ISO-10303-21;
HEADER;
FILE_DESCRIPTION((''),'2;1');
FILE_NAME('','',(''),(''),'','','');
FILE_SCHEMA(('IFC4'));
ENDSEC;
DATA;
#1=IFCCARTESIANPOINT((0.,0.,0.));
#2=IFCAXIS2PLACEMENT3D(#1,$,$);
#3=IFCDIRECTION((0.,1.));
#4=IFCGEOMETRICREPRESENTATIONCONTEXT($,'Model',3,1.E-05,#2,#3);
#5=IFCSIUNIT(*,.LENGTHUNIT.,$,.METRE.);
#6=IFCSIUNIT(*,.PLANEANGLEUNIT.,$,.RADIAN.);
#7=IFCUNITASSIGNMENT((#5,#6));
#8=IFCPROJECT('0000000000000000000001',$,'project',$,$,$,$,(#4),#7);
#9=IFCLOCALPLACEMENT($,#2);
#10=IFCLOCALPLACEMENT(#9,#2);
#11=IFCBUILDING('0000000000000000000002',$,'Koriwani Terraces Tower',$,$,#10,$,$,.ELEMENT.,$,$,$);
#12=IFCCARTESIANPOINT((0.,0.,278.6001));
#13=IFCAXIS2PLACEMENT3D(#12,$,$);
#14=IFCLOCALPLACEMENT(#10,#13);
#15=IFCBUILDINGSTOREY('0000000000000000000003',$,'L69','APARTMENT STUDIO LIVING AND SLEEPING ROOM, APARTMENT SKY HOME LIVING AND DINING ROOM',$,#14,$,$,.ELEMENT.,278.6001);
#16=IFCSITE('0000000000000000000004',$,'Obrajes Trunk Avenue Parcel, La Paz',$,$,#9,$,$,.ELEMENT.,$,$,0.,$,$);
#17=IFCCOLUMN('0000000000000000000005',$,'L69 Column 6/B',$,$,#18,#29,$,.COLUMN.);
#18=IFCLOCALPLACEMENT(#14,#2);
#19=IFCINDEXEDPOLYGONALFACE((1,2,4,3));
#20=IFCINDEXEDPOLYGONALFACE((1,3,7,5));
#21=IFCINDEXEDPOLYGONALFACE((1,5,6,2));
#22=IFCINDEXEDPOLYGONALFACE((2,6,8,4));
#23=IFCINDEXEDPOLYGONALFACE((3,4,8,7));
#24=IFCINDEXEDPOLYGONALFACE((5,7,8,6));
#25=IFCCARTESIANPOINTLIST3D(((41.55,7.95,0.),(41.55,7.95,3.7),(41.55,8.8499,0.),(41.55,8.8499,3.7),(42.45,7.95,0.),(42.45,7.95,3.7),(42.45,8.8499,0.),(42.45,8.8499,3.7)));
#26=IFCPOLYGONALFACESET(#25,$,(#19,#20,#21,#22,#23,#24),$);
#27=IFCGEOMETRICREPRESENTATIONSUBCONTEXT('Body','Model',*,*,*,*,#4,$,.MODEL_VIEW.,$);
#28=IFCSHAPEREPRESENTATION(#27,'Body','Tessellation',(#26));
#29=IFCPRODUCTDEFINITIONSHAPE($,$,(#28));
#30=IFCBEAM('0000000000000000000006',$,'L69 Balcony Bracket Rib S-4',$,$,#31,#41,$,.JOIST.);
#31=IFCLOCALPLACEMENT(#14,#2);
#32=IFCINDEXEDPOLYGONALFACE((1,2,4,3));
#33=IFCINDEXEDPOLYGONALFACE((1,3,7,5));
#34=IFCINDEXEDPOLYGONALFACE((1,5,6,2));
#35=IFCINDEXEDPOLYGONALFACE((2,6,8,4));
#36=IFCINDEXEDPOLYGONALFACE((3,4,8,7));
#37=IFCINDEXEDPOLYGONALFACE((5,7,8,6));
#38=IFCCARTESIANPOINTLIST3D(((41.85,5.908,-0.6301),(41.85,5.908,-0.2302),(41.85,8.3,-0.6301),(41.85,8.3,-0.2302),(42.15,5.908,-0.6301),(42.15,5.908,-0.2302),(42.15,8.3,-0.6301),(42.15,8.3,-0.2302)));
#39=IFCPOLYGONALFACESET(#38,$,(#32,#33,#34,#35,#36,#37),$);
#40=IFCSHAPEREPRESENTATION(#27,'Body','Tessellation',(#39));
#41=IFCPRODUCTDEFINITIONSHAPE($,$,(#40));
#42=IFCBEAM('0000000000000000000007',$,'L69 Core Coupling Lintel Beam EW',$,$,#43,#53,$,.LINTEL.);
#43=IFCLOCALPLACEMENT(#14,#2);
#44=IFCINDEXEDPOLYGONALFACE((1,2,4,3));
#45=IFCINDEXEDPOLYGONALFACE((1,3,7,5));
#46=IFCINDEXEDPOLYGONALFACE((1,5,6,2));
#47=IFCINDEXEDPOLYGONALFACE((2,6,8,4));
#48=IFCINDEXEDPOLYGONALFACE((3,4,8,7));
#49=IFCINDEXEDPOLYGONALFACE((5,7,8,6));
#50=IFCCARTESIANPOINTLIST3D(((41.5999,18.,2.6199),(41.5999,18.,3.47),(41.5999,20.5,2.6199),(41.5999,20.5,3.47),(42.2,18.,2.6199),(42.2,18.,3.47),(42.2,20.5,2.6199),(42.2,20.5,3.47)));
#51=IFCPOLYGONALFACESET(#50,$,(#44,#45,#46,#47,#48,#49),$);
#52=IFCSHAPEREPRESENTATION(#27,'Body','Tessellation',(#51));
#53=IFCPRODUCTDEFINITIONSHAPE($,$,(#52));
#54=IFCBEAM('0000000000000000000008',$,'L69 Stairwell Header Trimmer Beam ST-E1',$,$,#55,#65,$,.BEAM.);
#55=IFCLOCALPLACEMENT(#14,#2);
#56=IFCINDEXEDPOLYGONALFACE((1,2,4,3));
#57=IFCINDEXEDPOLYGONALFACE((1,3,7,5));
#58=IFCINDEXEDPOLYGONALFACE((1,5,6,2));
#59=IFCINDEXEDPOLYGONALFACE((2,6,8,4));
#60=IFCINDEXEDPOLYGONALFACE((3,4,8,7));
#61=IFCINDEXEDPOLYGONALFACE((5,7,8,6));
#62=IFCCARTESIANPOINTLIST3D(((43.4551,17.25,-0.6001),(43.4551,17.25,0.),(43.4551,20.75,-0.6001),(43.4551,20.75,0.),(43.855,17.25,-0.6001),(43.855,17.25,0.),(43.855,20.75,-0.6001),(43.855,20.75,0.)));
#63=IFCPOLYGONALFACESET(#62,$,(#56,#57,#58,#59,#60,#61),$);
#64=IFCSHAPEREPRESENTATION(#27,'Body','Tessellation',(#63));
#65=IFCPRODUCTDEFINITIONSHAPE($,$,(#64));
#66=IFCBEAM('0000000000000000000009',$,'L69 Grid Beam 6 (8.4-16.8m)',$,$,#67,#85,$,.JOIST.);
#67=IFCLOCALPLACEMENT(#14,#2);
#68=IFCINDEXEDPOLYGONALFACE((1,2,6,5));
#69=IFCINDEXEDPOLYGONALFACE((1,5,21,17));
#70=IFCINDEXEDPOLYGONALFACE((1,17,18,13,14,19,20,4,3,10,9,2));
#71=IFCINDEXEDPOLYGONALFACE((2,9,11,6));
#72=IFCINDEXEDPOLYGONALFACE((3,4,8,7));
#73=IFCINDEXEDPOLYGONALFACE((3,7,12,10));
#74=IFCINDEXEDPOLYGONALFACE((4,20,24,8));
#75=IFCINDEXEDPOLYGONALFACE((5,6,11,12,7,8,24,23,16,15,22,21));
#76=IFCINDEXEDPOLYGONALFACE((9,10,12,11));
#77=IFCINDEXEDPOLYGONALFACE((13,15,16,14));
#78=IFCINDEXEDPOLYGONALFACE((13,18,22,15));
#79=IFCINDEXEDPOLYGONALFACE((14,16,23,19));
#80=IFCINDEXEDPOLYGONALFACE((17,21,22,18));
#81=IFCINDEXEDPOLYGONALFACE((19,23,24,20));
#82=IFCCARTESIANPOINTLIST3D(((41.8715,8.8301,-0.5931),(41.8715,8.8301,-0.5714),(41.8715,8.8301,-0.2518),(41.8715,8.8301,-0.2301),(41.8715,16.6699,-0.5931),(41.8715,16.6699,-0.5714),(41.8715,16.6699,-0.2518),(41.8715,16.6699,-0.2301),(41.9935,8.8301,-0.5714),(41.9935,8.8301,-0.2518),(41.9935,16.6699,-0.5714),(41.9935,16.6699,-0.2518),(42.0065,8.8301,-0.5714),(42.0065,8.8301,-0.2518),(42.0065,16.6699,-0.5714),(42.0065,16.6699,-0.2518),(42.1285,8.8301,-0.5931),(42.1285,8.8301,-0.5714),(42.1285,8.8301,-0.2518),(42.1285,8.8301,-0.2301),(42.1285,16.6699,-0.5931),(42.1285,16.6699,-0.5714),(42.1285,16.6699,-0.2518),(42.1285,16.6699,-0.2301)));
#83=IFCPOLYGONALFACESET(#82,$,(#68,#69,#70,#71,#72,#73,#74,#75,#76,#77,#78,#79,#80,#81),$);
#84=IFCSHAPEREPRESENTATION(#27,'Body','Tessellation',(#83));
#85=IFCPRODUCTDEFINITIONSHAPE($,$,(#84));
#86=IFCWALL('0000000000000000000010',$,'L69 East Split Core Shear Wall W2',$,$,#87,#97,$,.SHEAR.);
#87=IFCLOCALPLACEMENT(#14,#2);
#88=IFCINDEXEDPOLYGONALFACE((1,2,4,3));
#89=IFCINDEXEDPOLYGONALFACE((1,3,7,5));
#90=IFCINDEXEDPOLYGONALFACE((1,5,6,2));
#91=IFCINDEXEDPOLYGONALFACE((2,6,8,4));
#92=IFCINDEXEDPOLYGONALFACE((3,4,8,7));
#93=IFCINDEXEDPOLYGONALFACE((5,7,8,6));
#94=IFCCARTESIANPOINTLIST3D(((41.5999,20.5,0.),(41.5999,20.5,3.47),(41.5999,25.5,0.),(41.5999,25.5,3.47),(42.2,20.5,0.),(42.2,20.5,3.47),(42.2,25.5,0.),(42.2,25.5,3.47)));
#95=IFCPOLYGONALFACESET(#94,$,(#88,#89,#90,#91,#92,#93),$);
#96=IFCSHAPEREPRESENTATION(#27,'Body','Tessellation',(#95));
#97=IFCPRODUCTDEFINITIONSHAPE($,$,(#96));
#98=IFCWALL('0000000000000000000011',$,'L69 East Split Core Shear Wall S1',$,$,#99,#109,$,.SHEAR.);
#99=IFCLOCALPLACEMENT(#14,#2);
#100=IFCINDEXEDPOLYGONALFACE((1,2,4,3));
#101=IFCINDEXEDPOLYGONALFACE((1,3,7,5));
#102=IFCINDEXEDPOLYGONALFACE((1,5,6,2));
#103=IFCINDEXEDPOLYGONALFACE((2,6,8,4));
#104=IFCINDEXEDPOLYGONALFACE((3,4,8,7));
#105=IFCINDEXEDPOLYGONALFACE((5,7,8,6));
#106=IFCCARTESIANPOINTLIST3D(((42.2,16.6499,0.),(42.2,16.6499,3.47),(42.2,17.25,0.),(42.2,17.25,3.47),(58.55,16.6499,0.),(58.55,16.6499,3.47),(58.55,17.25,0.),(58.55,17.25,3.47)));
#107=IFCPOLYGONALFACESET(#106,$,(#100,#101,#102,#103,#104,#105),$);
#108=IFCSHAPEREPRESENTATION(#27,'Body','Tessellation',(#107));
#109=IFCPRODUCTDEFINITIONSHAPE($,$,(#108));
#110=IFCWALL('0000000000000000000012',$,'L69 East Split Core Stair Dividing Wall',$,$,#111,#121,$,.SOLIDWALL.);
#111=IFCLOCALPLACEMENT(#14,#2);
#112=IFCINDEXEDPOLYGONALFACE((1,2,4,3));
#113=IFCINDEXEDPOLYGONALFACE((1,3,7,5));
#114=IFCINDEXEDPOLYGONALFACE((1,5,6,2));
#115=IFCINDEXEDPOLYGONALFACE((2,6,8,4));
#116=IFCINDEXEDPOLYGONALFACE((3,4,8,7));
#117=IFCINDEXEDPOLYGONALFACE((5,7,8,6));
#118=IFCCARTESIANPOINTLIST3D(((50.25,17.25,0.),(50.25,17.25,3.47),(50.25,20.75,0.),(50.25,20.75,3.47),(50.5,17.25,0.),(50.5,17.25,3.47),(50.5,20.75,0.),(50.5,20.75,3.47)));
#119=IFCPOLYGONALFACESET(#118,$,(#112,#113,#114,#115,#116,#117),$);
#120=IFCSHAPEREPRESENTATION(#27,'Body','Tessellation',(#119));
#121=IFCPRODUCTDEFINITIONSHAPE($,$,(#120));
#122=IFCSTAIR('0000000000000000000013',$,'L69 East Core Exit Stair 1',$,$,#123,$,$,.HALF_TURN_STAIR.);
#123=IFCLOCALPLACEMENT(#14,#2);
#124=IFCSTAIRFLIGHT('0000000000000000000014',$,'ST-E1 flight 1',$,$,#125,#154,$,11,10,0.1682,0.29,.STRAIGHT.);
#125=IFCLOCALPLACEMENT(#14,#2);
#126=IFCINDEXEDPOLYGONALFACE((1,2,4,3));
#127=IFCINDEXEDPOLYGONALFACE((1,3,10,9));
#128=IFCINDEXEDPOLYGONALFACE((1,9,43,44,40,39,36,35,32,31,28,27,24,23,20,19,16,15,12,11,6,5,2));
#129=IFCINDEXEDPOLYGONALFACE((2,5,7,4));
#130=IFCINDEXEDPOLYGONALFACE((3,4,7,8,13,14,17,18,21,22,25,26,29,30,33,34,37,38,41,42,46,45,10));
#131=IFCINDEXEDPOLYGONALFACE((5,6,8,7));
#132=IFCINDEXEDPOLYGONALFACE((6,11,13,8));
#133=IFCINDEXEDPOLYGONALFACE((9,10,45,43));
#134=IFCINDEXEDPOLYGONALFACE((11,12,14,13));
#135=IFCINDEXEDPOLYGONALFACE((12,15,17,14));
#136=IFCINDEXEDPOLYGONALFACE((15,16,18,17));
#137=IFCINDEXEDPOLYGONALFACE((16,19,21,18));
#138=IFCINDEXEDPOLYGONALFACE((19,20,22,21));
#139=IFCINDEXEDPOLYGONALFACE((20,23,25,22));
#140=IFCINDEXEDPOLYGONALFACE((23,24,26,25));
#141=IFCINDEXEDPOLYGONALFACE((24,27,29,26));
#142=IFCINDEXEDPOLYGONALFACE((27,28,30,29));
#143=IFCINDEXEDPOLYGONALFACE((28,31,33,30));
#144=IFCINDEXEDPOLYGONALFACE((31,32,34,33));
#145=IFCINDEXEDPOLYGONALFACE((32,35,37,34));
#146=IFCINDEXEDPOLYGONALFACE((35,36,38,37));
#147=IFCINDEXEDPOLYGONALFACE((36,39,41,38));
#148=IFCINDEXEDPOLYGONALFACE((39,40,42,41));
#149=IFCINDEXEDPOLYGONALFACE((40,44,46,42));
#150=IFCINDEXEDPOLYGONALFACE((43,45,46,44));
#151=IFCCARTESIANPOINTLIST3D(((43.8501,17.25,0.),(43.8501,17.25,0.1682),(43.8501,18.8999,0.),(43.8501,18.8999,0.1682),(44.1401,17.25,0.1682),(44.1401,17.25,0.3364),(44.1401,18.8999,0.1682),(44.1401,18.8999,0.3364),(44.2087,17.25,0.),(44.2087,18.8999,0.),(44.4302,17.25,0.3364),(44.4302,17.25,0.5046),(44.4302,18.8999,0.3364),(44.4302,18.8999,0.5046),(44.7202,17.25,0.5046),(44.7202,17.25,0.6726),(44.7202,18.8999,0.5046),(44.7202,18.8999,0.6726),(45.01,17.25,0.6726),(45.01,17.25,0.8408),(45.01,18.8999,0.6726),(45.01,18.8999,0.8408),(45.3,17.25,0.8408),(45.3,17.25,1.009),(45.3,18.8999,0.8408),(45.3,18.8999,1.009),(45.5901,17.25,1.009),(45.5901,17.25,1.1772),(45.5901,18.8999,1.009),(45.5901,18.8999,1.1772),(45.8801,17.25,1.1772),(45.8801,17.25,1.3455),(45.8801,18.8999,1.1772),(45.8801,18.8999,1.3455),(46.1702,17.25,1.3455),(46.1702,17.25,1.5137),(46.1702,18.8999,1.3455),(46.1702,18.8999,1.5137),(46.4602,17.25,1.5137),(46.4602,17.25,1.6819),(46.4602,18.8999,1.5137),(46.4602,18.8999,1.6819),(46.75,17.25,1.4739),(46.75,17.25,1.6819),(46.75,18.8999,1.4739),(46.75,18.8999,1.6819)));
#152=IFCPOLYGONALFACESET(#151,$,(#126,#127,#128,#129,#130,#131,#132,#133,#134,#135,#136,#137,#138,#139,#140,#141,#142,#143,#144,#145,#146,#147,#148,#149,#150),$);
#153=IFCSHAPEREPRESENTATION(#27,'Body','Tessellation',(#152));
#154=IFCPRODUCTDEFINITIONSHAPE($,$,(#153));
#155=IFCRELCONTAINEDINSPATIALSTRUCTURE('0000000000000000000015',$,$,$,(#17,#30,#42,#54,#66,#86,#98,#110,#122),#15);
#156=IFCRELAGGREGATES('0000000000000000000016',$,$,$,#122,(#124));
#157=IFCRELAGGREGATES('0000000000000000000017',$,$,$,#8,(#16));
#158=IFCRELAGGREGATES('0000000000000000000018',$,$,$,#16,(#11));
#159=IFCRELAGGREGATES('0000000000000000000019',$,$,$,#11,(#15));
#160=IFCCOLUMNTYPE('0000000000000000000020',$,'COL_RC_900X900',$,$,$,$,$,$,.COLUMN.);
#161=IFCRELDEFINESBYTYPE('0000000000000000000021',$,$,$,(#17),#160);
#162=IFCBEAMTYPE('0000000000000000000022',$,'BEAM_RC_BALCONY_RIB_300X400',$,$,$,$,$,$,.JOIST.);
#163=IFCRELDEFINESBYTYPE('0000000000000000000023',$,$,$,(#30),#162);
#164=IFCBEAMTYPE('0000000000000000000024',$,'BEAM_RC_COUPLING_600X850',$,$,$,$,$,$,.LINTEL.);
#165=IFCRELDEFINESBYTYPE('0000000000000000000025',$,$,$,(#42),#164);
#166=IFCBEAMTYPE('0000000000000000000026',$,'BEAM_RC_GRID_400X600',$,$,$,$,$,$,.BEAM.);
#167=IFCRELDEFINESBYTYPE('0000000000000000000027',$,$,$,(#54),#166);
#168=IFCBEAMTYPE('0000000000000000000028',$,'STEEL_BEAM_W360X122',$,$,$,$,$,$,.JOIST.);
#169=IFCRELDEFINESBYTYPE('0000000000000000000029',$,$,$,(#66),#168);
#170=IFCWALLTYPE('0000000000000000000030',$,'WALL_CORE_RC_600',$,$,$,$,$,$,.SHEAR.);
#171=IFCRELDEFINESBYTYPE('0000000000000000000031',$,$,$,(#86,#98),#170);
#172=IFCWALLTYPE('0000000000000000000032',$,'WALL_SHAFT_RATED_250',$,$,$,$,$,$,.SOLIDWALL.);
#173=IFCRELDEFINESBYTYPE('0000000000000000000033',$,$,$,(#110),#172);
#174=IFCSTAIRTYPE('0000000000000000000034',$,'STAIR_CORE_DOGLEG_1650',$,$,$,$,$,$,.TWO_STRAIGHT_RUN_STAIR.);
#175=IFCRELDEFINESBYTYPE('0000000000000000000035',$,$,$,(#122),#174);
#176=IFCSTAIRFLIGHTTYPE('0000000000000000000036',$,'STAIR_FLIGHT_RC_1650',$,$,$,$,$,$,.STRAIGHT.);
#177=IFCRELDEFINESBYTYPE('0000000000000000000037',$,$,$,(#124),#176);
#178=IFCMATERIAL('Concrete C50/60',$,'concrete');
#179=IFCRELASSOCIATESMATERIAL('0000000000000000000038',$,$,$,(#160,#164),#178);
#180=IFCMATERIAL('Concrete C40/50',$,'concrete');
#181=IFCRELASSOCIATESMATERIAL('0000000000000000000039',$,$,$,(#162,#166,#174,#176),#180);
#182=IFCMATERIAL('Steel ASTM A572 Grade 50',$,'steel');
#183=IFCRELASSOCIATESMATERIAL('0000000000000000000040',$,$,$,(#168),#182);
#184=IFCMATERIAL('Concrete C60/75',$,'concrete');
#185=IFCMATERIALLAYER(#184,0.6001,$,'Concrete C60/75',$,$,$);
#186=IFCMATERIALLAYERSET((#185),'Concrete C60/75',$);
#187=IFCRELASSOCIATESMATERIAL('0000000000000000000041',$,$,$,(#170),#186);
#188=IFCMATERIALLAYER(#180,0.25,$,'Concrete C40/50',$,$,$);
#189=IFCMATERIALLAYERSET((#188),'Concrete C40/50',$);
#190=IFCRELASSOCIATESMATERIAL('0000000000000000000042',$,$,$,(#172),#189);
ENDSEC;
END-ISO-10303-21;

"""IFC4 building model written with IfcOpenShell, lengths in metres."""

from ifc_helpers import new_model, si_unit, direction, frame, frame_2d, origin, origin_2d, place, context, subcontext, project, spatial, polyline, rectangle, i_section, outline, extrude, material, layer, layer_set, material_profile, profile_set, type_object, element, aggregate, save


model = new_model("IFC4")

# Units and contexts
model_context = context("Model", 3, precision=1e-05, world=origin(), true_north=direction((0.0, 1.0)))
body_context = subcontext(model_context, "Body", "Model", "MODEL_VIEW")
ifc_project = project(units=[si_unit("LENGTHUNIT", "METRE"), si_unit("PLANEANGLEUNIT", "RADIAN")], contexts=[model_context])

# Site, building, storey
site_placement = place(None, origin())
site = spatial("IfcSite", under=ifc_project, at=site_placement, Name="Obrajes Trunk Avenue Parcel, La Paz", CompositionType="ELEMENT", RefElevation=0.0)
building_placement = place(site_placement, origin())
building = spatial("IfcBuilding", under=site, at=building_placement, Name="Koriwani Terraces Tower", CompositionType="ELEMENT")
storey_placement = place(building_placement, frame((0.0, 0.0, 278.6001)))
storey = spatial("IfcBuildingStorey", under=building, at=storey_placement, Name="L69", Description="APARTMENT STUDIO LIVING AND SLEEPING ROOM, APARTMENT SKY HOME LIVING AND DINING ROOM", CompositionType="ELEMENT", Elevation=278.6001)

# Column
ifc_material_1 = material(Name="Concrete C50/60", Category="concrete")
ifc_material_profile_1 = material_profile(ifc_material_1, rectangle(XDim=0.8999, YDim=0.8999, at=origin_2d()), Name="Concrete C50/60", Category="LoadBearing")
ifc_profile_set_1 = profile_set([ifc_material_profile_1], Name="Concrete C50/60")
column_type = type_object("IfcColumnType", Name="COL_RC_900X900", PredefinedType="COLUMN", material=ifc_profile_set_1)
column_placement = place(storey_placement, frame((42.0, 8.3999, 0.0), z_axis=(0.0, 0.0, 1.0), x_axis=(1.0, 0.0, 0.0)))
element("IfcColumn", 1, at=column_placement, inside=storey, type_object=column_type, Name="L69 Column 6/B", PredefinedType="COLUMN", context=body_context, shape_type="SweptSolid", body=[
    extrude(rectangle(XDim=0.8999, YDim=0.8999, at=origin_2d()), origin(), (0.0, 0.0, 1.0), 3.7),
])

# Beams
ifc_material_2 = material(Name="Concrete C40/50", Category="concrete")
ifc_material_profile_2 = material_profile(ifc_material_2, rectangle(XDim=0.3, YDim=0.3999, at=origin_2d()), Name="Concrete C40/50", Category="LoadBearing")
ifc_profile_set_2 = profile_set([ifc_material_profile_2], Name="Concrete C40/50")
beam_type_1 = type_object("IfcBeamType", Name="BEAM_RC_BALCONY_RIB_300X400", PredefinedType="JOIST", material=ifc_profile_set_2)
beam_1_placement = place(storey_placement, frame((42.0, 5.908, -0.4302), z_axis=(0.0, 1.0, 0.0), x_axis=(-1.0, 0.0, 0.0)))
element("IfcBeam", 2, at=beam_1_placement, inside=storey, type_object=beam_type_1, Name="L69 Balcony Bracket Rib S-4", PredefinedType="JOIST", context=body_context, shape_type="SweptSolid", body=[
    extrude(rectangle(XDim=0.3, YDim=0.3999, at=origin_2d()), origin(), (0.0, 0.0, 1.0), 2.3921),
])
ifc_material_profile_3 = material_profile(ifc_material_1, rectangle(XDim=0.6001, YDim=0.8501, at=origin_2d()), Name="Concrete C50/60", Category="LoadBearing")
ifc_profile_set_3 = profile_set([ifc_material_profile_3], Name="Concrete C50/60")
beam_type_2 = type_object("IfcBeamType", Name="BEAM_RC_COUPLING_600X850", PredefinedType="LINTEL", material=ifc_profile_set_3)
beam_2_placement = place(storey_placement, frame((41.8999, 18.0, 3.0449), z_axis=(0.0, 1.0, 0.0), x_axis=(-1.0, 0.0, 0.0)))
element("IfcBeam", 3, at=beam_2_placement, inside=storey, type_object=beam_type_2, Name="L69 Core Coupling Lintel Beam EW", PredefinedType="LINTEL", context=body_context, shape_type="SweptSolid", body=[
    extrude(rectangle(XDim=0.6001, YDim=0.8501, at=origin_2d()), origin(), (0.0, 0.0, 1.0), 2.5),
])
ifc_material_profile_4 = material_profile(ifc_material_2, rectangle(XDim=0.3999, YDim=0.6001, at=origin_2d()), Name="Concrete C40/50", Category="LoadBearing")
ifc_profile_set_4 = profile_set([ifc_material_profile_4], Name="Concrete C40/50")
beam_type_3 = type_object("IfcBeamType", Name="BEAM_RC_GRID_400X600", PredefinedType="BEAM", material=ifc_profile_set_4)
beam_3_placement = place(storey_placement, frame((43.655, 17.25, -0.3), z_axis=(0.0, 1.0, 0.0), x_axis=(-1.0, 0.0, 0.0)))
element("IfcBeam", 4, at=beam_3_placement, inside=storey, type_object=beam_type_3, Name="L69 Stairwell Header Trimmer Beam ST-E1", PredefinedType="BEAM", context=body_context, shape_type="SweptSolid", body=[
    extrude(rectangle(XDim=0.3999, YDim=0.6001, at=origin_2d()), origin(), (0.0, 0.0, 1.0), 3.5),
])
ifc_material_3 = material(Name="Steel ASTM A572 Grade 50", Category="steel")
ifc_material_profile_5 = material_profile(ifc_material_3, i_section(OverallWidth=0.2571, OverallDepth=0.363, WebThickness=0.0129, FlangeThickness=0.0217, at=origin_2d()), Name="Steel ASTM A572 Grade 50", Category="LoadBearing")
ifc_profile_set_5 = profile_set([ifc_material_profile_5], Name="Steel ASTM A572 Grade 50")
beam_type_4 = type_object("IfcBeamType", Name="STEEL_BEAM_W360X122", PredefinedType="JOIST", material=ifc_profile_set_5)
beam_4_placement = place(storey_placement, frame((42.0, 8.8301, -0.4116), z_axis=(0.0, 1.0, 0.0), x_axis=(-1.0, 0.0, 0.0)))
element("IfcBeam", 5, at=beam_4_placement, inside=storey, type_object=beam_type_4, Name="L69 Grid Beam 6 (8.4-16.8m)", PredefinedType="JOIST", context=body_context, shape_type="SweptSolid", body=[
    extrude(i_section(OverallWidth=0.2571, OverallDepth=0.363, WebThickness=0.0129, FlangeThickness=0.0217, at=origin_2d()), origin(), (0.0, 0.0, 1.0), 7.8398),
])

# Walls
ifc_material_4 = material(Name="Concrete C60/75", Category="concrete")
ifc_layer_1 = layer(ifc_material_4, 0.6001, Name="Concrete C60/75")
ifc_layer_set_1 = layer_set([ifc_layer_1], Name="Concrete C60/75")
wall_type_1 = type_object("IfcWallType", Name="WALL_CORE_RC_600", PredefinedType="SHEAR", material=ifc_layer_set_1)
wall_1_placement = place(storey_placement, frame((41.8999, 20.5, 0.0), z_axis=(0.0, 0.0, 1.0), x_axis=(0.0, 1.0, 0.0)))
element("IfcWall", 6, at=wall_1_placement, inside=storey, type_object=wall_type_1, Name="L69 East Split Core Shear Wall W2", PredefinedType="SHEAR", context=body_context, shape_type="SweptSolid", body=[
    extrude(rectangle(XDim=5.0, YDim=0.6001, at=frame_2d((2.5, 0.0))), origin(), (0.0, 0.0, 1.0), 3.47),
])
wall_2_placement = place(storey_placement, frame((42.2, 16.95, 0.0), z_axis=(0.0, 0.0, 1.0), x_axis=(1.0, 0.0, 0.0)))
element("IfcWall", 7, at=wall_2_placement, inside=storey, type_object=wall_type_1, Name="L69 East Split Core Shear Wall S1", PredefinedType="SHEAR", context=body_context, shape_type="SweptSolid", body=[
    extrude(rectangle(XDim=16.3501, YDim=0.6001, at=frame_2d((8.175, 0.0))), origin(), (0.0, 0.0, 1.0), 3.47),
])
ifc_layer_2 = layer(ifc_material_2, 0.25, Name="Concrete C40/50")
ifc_layer_set_2 = layer_set([ifc_layer_2], Name="Concrete C40/50")
wall_type_2 = type_object("IfcWallType", Name="WALL_SHAFT_RATED_250", PredefinedType="SOLIDWALL", material=ifc_layer_set_2)
wall_3_placement = place(storey_placement, frame((50.375, 17.25, 0.0), z_axis=(0.0, 0.0, 1.0), x_axis=(0.0, 1.0, 0.0)))
element("IfcWall", 8, at=wall_3_placement, inside=storey, type_object=wall_type_2, Name="L69 East Split Core Stair Dividing Wall", PredefinedType="SOLIDWALL", context=body_context, shape_type="SweptSolid", body=[
    extrude(rectangle(XDim=3.5, YDim=0.25, at=frame_2d((1.75, 0.0))), origin(), (0.0, 0.0, 1.0), 3.47),
])

# Stair, stair flight
stair_type = type_object("IfcStairType", Name="STAIR_CORE_DOGLEG_1650", PredefinedType="TWO_STRAIGHT_RUN_STAIR", material=ifc_material_2)
stair_placement = place(storey_placement, origin())
stair = element("IfcStair", 9, at=stair_placement, inside=storey, type_object=stair_type, Name="L69 East Core Exit Stair 1", PredefinedType="HALF_TURN_STAIR")
stair_flight_type = type_object("IfcStairFlightType", Name="STAIR_FLIGHT_RC_1650", PredefinedType="STRAIGHT", material=ifc_material_2)
stair_flight_1_placement = place(storey_placement, frame((43.8501, 18.075, 0.0), z_axis=(0.0, 0.0, 1.0), x_axis=(1.0, 0.0, 0.0)))
stair_flight_1 = element("IfcStairFlight", 10, at=stair_flight_1_placement, type_object=stair_flight_type, Name="ST-E1 flight 1", NumberOfRisers=11, NumberOfTreads=10, PredefinedType="STRAIGHT", RiserHeight=0.1682, TreadLength=0.29, context=body_context, shape_type="SweptSolid", body=[
    extrude(outline(polyline([(0.0, 0.0), (0.0, 0.1682), (0.29, 0.1682), (0.29, 0.3364), (0.5801, 0.3364), (0.5801, 0.5046), (0.8701, 0.5046), (0.8701, 0.6726), (1.1599, 0.6726), (1.1599, 0.8408), (1.45, 0.8408), (1.45, 1.009), (1.74, 1.009), (1.74, 1.1772), (2.03, 1.1772), (2.03, 1.3455), (2.3201, 1.3455), (2.3201, 1.5137), (2.6101, 1.5137), (2.6101, 1.6819), (2.8999, 1.6819), (2.8999, 1.8501), (2.8999, 1.4739), (0.3586, 0.0), (0.0, 0.0)])), frame((0.0, 0.825, 0.0), z_axis=(0.0, -1.0, 0.0), x_axis=(1.0, 0.0, 0.0)), (0.0, 0.0, 1.0), 1.6499),
])
aggregate(stair, [stair_flight_1])

save(model, "model.ifc")
